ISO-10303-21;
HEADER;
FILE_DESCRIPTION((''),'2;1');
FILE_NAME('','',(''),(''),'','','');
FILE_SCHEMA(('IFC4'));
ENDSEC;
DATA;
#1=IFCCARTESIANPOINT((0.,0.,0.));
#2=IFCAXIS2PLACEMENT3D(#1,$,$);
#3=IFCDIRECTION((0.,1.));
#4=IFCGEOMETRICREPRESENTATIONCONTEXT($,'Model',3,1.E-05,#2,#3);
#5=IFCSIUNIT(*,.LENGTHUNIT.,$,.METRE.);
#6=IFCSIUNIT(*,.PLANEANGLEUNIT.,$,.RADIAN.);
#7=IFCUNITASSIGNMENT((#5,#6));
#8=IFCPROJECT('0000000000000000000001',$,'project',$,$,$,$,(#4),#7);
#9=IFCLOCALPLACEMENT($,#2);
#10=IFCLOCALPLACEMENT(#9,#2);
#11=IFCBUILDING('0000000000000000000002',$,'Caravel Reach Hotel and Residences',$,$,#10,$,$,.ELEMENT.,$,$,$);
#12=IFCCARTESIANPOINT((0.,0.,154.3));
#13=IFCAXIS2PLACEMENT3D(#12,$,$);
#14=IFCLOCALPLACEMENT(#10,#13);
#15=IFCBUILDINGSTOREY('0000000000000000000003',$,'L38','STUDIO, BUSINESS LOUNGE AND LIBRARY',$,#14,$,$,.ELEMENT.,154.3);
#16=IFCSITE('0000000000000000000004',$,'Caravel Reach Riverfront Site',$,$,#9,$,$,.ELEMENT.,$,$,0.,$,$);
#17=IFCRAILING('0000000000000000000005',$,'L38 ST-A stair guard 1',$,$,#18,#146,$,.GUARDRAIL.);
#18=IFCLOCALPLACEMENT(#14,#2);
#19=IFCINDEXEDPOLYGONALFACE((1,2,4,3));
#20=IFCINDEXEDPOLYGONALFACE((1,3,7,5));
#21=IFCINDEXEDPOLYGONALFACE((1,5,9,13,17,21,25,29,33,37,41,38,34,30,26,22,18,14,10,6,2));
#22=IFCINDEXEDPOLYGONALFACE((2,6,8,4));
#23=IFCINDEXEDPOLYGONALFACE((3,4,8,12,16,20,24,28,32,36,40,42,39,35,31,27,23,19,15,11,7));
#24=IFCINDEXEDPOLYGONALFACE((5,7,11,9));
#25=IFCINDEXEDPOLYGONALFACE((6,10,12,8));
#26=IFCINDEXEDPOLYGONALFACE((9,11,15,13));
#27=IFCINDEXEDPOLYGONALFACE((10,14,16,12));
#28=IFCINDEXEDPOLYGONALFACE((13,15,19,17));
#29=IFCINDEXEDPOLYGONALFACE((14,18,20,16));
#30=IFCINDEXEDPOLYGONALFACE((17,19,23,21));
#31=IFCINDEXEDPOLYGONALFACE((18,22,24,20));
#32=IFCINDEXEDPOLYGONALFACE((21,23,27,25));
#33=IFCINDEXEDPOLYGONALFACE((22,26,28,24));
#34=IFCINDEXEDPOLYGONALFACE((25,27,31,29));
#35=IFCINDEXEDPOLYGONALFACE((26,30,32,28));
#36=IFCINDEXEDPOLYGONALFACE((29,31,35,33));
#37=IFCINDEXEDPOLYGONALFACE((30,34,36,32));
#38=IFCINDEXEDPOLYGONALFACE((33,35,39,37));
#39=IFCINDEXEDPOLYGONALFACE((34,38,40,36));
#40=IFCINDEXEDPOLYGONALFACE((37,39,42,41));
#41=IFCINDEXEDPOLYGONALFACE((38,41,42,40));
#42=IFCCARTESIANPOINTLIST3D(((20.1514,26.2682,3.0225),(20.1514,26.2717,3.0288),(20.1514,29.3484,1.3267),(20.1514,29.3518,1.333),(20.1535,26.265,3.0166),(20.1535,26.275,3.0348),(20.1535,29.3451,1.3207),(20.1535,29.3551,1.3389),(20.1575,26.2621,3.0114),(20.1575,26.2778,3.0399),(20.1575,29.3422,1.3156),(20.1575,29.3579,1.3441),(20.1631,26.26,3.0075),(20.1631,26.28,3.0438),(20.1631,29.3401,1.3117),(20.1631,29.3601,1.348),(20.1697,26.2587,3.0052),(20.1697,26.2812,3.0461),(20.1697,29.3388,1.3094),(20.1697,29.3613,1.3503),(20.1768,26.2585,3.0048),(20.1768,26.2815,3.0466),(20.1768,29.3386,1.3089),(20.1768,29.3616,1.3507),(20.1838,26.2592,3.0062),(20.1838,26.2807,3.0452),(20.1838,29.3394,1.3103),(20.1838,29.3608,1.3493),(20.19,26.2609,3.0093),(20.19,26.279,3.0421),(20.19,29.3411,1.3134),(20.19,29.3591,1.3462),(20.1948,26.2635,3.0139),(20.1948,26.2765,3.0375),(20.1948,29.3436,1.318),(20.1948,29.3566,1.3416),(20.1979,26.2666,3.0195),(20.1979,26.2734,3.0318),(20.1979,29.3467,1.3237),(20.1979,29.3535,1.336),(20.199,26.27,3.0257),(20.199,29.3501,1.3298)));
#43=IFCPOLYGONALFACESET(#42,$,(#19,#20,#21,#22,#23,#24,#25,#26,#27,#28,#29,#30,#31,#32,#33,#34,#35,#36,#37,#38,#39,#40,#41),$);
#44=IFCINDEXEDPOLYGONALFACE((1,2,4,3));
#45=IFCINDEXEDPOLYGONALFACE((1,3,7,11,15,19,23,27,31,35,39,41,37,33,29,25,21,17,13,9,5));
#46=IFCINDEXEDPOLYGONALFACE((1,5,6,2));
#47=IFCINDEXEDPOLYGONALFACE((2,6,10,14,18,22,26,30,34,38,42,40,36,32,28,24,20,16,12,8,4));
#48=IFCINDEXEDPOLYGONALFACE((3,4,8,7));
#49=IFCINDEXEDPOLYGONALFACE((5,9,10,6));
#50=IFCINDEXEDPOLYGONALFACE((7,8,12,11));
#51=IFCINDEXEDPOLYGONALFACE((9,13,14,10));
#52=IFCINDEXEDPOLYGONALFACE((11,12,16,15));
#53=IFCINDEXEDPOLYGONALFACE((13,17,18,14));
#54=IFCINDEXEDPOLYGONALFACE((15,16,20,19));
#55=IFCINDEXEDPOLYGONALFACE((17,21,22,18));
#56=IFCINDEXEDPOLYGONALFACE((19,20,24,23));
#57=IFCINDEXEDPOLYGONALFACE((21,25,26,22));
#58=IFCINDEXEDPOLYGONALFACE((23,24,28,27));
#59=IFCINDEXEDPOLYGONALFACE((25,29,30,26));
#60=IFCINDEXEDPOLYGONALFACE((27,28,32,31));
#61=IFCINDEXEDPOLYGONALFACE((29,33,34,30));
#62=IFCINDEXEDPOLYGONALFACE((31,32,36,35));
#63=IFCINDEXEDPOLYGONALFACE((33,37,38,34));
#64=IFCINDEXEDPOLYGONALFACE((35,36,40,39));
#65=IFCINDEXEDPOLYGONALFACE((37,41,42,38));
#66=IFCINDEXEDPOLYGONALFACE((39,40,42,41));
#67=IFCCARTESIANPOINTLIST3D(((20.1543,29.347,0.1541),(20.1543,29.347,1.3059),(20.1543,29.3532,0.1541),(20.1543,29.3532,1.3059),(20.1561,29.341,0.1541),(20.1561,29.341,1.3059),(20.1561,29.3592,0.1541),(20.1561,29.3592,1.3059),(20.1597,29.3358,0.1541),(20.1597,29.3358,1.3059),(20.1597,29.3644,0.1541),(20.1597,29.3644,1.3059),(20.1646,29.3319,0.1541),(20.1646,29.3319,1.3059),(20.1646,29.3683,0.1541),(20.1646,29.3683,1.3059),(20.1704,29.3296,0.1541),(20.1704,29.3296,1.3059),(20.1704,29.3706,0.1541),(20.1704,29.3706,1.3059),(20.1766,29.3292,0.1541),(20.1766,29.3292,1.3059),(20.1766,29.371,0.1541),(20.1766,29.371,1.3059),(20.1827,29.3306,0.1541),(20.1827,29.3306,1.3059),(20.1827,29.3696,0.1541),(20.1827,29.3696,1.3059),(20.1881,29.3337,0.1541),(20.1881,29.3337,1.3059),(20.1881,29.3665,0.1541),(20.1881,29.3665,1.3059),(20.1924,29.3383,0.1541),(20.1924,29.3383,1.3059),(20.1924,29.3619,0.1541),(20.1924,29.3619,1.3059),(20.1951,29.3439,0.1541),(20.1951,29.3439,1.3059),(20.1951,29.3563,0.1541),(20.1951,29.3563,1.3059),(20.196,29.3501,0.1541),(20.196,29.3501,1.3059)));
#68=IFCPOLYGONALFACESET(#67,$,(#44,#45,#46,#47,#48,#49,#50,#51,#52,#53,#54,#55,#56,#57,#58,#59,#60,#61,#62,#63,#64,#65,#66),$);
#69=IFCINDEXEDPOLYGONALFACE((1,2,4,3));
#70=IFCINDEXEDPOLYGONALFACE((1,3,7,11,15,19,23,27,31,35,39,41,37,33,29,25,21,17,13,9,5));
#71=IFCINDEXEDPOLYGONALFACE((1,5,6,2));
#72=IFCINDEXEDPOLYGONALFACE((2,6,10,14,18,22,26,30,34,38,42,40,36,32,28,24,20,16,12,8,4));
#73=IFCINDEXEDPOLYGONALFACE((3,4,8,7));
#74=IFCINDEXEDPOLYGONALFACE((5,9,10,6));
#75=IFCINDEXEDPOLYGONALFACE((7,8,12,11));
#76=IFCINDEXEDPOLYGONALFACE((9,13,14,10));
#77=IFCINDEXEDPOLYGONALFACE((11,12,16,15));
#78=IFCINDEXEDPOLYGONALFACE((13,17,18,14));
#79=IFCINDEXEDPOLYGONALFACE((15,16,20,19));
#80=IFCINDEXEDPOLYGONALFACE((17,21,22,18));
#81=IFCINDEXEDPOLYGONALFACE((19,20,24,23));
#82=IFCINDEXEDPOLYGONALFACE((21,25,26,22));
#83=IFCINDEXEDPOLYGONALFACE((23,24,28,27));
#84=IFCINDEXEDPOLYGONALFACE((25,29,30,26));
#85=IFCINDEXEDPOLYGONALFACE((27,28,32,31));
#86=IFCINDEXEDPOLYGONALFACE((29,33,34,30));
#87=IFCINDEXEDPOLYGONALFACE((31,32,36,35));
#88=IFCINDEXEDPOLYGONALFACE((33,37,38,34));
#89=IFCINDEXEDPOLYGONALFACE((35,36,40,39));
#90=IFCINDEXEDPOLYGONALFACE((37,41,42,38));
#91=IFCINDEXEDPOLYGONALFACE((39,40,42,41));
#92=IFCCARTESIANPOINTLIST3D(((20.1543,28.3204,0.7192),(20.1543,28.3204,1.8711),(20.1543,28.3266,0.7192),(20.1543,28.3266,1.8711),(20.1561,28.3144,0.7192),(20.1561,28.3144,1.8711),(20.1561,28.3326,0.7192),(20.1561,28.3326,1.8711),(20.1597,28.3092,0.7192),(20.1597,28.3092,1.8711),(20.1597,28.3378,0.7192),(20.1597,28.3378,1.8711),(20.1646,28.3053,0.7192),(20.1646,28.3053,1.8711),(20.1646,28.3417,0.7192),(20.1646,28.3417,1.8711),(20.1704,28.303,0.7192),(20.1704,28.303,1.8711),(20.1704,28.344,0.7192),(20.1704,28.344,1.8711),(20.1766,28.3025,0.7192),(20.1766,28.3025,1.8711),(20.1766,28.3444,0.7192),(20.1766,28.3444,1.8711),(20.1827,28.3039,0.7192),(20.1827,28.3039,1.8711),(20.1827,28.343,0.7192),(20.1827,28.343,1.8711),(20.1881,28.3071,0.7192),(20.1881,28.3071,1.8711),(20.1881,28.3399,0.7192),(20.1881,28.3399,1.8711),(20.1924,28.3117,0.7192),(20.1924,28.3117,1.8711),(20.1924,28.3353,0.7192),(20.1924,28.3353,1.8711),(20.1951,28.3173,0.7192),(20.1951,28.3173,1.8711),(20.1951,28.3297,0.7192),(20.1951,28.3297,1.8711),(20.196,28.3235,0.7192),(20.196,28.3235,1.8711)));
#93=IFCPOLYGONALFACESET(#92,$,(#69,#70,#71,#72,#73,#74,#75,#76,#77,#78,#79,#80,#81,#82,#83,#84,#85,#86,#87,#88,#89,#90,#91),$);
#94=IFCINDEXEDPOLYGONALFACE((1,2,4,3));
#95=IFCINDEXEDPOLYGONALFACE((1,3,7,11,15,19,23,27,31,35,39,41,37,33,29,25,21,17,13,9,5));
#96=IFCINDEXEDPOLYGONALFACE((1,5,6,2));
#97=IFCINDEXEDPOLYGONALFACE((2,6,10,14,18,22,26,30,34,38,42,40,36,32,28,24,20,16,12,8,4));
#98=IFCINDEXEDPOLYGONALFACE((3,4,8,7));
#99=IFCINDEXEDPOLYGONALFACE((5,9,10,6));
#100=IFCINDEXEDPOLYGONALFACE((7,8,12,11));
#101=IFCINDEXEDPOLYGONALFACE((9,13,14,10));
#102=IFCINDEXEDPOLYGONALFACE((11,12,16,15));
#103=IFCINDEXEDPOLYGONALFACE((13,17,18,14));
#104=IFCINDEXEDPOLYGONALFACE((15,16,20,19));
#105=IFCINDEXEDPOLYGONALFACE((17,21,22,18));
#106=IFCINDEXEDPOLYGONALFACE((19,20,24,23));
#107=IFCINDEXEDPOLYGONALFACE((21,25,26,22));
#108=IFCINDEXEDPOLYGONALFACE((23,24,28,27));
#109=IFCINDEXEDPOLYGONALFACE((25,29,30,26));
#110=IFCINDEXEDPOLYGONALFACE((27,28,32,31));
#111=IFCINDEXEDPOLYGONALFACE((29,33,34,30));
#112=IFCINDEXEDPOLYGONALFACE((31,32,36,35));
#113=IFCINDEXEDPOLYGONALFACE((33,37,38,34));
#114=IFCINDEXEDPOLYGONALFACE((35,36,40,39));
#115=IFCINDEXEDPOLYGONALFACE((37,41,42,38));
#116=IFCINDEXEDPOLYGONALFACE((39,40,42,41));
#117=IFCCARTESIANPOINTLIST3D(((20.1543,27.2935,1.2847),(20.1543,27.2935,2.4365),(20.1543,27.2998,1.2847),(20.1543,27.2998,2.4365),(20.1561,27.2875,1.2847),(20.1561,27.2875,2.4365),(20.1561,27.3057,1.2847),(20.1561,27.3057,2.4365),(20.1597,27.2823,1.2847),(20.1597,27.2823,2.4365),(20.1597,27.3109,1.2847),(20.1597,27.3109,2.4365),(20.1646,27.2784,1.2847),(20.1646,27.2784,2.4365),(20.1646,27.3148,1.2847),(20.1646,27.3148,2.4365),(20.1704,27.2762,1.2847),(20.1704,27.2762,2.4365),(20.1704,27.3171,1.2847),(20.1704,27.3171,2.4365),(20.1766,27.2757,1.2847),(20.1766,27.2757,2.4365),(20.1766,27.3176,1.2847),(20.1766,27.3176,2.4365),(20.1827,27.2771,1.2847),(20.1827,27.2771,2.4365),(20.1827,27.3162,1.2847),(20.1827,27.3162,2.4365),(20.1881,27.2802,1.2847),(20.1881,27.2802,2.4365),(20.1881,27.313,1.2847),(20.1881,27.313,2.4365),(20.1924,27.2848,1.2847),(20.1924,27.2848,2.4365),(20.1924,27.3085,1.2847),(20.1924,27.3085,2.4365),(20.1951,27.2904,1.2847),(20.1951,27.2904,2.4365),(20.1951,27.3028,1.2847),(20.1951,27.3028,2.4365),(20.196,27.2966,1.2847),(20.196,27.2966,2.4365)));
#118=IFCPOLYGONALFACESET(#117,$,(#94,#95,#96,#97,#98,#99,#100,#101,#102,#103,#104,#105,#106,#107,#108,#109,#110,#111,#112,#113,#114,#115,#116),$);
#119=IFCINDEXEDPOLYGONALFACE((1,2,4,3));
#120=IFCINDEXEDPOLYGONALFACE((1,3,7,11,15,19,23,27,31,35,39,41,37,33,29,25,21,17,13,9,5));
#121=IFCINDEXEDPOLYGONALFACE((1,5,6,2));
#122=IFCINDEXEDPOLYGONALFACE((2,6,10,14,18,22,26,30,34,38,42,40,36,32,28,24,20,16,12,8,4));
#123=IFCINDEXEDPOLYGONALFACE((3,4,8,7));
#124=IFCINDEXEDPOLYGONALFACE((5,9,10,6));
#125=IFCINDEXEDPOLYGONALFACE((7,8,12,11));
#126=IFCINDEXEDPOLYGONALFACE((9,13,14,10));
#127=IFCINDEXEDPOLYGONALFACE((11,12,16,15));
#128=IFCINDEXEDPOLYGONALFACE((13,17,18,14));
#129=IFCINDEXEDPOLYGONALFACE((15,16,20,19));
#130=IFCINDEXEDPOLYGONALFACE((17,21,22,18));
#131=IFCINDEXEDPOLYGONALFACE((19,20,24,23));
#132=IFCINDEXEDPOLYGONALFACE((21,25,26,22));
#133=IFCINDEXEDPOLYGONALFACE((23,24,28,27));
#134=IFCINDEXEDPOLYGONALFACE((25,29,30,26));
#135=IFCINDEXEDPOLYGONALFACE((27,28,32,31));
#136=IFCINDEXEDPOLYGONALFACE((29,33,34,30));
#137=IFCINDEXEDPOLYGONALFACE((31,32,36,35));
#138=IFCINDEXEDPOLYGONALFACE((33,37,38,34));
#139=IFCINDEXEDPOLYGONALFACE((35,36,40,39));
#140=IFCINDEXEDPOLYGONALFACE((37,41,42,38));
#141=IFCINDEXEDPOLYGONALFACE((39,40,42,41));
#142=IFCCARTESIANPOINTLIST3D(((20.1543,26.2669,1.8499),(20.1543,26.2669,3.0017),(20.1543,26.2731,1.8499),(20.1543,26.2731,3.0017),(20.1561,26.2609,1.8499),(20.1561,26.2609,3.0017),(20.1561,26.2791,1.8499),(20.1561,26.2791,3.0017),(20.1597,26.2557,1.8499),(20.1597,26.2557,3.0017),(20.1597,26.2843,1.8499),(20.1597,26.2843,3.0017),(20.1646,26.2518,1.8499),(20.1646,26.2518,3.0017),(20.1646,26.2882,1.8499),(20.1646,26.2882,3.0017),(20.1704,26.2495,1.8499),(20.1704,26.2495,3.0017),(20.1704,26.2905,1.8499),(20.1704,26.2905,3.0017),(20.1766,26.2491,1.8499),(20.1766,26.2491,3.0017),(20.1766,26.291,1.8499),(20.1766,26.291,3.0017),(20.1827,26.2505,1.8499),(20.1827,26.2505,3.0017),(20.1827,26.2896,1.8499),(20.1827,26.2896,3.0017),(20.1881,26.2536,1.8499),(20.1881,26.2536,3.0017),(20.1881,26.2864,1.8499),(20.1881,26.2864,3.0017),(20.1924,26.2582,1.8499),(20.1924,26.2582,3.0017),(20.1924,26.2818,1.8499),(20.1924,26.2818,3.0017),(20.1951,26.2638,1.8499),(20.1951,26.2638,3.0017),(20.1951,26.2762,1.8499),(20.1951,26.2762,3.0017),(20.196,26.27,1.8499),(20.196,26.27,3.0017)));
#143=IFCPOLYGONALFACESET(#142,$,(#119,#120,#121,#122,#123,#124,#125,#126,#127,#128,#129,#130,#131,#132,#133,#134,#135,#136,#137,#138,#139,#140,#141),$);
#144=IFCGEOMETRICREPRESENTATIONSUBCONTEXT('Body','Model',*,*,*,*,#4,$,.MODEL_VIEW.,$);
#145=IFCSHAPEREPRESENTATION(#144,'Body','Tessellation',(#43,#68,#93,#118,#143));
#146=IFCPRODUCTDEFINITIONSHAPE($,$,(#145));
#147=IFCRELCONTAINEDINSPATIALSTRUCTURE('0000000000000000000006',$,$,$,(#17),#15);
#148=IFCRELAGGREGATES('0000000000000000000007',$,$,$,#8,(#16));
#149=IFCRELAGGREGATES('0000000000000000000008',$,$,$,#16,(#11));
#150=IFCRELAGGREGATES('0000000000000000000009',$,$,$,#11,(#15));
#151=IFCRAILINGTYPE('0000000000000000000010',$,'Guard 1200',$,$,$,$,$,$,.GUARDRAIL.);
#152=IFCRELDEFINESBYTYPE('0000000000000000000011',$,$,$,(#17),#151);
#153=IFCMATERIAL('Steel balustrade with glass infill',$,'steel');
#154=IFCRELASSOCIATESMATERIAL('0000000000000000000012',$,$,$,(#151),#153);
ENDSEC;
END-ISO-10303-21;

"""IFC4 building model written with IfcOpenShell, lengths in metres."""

from ifc_helpers import new_model, si_unit, direction, frame, origin, origin_2d, place, context, subcontext, project, spatial, circle, extrude, material, type_object, element, save


model = new_model("IFC4")

# Units and contexts
model_context = context("Model", 3, precision=1e-05, world=origin(), true_north=direction((0.0, 1.0)))
body_context = subcontext(model_context, "Body", "Model", "MODEL_VIEW")
ifc_project = project(units=[si_unit("LENGTHUNIT", "METRE"), si_unit("PLANEANGLEUNIT", "RADIAN")], contexts=[model_context])

# Site, building, storey
site_placement = place(None, origin())
site = spatial("IfcSite", under=ifc_project, at=site_placement, Name="Caravel Reach Riverfront Site", CompositionType="ELEMENT", RefElevation=0.0)
building_placement = place(site_placement, origin())
building = spatial("IfcBuilding", under=site, at=building_placement, Name="Caravel Reach Hotel and Residences", CompositionType="ELEMENT")
storey_placement = place(building_placement, frame((0.0, 0.0, 154.3)))
storey = spatial("IfcBuildingStorey", under=building, at=storey_placement, Name="L38", Description="STUDIO, BUSINESS LOUNGE AND LIBRARY", CompositionType="ELEMENT", Elevation=154.3)

# Railing
ifc_material_1 = material(Name="Steel balustrade with glass infill", Category="steel")
railing_type_1 = type_object("IfcRailingType", Name="Guard 1200", PredefinedType="GUARDRAIL", material=ifc_material_1)
railing_1_placement = place(storey_placement, frame((20.175, 29.3501, 0.1541)))
element("IfcRailing", 1, at=railing_1_placement, inside=storey, type_object=railing_type_1, Name="L38 ST-A stair guard 1", PredefinedType="GUARDRAIL", context=body_context, shape_type="SweptSolid", body=[
    extrude(circle(Radius=0.0239, at=origin_2d()), frame((0.0, 0.0, 1.1758), z_axis=(0.0, -0.876005, 0.482303), x_axis=(1.0, 0.0, 0.0)), (0.0, 0.0, 1.0), 3.5161),
    extrude(circle(Radius=0.021, at=origin_2d()), origin(), (0.0, 0.0, 1.0), 1.1519),
    extrude(circle(Radius=0.021, at=origin_2d()), frame((0.0, -1.0266, 0.5652)), (0.0, 0.0, 1.0), 1.1519),
    extrude(circle(Radius=0.021, at=origin_2d()), frame((0.0, -2.0535, 1.1306)), (0.0, 0.0, 1.0), 1.1519),
    extrude(circle(Radius=0.021, at=origin_2d()), frame((0.0, -3.0801, 1.6958)), (0.0, 0.0, 1.0), 1.1519),
])

save(model, "model.ifc")
